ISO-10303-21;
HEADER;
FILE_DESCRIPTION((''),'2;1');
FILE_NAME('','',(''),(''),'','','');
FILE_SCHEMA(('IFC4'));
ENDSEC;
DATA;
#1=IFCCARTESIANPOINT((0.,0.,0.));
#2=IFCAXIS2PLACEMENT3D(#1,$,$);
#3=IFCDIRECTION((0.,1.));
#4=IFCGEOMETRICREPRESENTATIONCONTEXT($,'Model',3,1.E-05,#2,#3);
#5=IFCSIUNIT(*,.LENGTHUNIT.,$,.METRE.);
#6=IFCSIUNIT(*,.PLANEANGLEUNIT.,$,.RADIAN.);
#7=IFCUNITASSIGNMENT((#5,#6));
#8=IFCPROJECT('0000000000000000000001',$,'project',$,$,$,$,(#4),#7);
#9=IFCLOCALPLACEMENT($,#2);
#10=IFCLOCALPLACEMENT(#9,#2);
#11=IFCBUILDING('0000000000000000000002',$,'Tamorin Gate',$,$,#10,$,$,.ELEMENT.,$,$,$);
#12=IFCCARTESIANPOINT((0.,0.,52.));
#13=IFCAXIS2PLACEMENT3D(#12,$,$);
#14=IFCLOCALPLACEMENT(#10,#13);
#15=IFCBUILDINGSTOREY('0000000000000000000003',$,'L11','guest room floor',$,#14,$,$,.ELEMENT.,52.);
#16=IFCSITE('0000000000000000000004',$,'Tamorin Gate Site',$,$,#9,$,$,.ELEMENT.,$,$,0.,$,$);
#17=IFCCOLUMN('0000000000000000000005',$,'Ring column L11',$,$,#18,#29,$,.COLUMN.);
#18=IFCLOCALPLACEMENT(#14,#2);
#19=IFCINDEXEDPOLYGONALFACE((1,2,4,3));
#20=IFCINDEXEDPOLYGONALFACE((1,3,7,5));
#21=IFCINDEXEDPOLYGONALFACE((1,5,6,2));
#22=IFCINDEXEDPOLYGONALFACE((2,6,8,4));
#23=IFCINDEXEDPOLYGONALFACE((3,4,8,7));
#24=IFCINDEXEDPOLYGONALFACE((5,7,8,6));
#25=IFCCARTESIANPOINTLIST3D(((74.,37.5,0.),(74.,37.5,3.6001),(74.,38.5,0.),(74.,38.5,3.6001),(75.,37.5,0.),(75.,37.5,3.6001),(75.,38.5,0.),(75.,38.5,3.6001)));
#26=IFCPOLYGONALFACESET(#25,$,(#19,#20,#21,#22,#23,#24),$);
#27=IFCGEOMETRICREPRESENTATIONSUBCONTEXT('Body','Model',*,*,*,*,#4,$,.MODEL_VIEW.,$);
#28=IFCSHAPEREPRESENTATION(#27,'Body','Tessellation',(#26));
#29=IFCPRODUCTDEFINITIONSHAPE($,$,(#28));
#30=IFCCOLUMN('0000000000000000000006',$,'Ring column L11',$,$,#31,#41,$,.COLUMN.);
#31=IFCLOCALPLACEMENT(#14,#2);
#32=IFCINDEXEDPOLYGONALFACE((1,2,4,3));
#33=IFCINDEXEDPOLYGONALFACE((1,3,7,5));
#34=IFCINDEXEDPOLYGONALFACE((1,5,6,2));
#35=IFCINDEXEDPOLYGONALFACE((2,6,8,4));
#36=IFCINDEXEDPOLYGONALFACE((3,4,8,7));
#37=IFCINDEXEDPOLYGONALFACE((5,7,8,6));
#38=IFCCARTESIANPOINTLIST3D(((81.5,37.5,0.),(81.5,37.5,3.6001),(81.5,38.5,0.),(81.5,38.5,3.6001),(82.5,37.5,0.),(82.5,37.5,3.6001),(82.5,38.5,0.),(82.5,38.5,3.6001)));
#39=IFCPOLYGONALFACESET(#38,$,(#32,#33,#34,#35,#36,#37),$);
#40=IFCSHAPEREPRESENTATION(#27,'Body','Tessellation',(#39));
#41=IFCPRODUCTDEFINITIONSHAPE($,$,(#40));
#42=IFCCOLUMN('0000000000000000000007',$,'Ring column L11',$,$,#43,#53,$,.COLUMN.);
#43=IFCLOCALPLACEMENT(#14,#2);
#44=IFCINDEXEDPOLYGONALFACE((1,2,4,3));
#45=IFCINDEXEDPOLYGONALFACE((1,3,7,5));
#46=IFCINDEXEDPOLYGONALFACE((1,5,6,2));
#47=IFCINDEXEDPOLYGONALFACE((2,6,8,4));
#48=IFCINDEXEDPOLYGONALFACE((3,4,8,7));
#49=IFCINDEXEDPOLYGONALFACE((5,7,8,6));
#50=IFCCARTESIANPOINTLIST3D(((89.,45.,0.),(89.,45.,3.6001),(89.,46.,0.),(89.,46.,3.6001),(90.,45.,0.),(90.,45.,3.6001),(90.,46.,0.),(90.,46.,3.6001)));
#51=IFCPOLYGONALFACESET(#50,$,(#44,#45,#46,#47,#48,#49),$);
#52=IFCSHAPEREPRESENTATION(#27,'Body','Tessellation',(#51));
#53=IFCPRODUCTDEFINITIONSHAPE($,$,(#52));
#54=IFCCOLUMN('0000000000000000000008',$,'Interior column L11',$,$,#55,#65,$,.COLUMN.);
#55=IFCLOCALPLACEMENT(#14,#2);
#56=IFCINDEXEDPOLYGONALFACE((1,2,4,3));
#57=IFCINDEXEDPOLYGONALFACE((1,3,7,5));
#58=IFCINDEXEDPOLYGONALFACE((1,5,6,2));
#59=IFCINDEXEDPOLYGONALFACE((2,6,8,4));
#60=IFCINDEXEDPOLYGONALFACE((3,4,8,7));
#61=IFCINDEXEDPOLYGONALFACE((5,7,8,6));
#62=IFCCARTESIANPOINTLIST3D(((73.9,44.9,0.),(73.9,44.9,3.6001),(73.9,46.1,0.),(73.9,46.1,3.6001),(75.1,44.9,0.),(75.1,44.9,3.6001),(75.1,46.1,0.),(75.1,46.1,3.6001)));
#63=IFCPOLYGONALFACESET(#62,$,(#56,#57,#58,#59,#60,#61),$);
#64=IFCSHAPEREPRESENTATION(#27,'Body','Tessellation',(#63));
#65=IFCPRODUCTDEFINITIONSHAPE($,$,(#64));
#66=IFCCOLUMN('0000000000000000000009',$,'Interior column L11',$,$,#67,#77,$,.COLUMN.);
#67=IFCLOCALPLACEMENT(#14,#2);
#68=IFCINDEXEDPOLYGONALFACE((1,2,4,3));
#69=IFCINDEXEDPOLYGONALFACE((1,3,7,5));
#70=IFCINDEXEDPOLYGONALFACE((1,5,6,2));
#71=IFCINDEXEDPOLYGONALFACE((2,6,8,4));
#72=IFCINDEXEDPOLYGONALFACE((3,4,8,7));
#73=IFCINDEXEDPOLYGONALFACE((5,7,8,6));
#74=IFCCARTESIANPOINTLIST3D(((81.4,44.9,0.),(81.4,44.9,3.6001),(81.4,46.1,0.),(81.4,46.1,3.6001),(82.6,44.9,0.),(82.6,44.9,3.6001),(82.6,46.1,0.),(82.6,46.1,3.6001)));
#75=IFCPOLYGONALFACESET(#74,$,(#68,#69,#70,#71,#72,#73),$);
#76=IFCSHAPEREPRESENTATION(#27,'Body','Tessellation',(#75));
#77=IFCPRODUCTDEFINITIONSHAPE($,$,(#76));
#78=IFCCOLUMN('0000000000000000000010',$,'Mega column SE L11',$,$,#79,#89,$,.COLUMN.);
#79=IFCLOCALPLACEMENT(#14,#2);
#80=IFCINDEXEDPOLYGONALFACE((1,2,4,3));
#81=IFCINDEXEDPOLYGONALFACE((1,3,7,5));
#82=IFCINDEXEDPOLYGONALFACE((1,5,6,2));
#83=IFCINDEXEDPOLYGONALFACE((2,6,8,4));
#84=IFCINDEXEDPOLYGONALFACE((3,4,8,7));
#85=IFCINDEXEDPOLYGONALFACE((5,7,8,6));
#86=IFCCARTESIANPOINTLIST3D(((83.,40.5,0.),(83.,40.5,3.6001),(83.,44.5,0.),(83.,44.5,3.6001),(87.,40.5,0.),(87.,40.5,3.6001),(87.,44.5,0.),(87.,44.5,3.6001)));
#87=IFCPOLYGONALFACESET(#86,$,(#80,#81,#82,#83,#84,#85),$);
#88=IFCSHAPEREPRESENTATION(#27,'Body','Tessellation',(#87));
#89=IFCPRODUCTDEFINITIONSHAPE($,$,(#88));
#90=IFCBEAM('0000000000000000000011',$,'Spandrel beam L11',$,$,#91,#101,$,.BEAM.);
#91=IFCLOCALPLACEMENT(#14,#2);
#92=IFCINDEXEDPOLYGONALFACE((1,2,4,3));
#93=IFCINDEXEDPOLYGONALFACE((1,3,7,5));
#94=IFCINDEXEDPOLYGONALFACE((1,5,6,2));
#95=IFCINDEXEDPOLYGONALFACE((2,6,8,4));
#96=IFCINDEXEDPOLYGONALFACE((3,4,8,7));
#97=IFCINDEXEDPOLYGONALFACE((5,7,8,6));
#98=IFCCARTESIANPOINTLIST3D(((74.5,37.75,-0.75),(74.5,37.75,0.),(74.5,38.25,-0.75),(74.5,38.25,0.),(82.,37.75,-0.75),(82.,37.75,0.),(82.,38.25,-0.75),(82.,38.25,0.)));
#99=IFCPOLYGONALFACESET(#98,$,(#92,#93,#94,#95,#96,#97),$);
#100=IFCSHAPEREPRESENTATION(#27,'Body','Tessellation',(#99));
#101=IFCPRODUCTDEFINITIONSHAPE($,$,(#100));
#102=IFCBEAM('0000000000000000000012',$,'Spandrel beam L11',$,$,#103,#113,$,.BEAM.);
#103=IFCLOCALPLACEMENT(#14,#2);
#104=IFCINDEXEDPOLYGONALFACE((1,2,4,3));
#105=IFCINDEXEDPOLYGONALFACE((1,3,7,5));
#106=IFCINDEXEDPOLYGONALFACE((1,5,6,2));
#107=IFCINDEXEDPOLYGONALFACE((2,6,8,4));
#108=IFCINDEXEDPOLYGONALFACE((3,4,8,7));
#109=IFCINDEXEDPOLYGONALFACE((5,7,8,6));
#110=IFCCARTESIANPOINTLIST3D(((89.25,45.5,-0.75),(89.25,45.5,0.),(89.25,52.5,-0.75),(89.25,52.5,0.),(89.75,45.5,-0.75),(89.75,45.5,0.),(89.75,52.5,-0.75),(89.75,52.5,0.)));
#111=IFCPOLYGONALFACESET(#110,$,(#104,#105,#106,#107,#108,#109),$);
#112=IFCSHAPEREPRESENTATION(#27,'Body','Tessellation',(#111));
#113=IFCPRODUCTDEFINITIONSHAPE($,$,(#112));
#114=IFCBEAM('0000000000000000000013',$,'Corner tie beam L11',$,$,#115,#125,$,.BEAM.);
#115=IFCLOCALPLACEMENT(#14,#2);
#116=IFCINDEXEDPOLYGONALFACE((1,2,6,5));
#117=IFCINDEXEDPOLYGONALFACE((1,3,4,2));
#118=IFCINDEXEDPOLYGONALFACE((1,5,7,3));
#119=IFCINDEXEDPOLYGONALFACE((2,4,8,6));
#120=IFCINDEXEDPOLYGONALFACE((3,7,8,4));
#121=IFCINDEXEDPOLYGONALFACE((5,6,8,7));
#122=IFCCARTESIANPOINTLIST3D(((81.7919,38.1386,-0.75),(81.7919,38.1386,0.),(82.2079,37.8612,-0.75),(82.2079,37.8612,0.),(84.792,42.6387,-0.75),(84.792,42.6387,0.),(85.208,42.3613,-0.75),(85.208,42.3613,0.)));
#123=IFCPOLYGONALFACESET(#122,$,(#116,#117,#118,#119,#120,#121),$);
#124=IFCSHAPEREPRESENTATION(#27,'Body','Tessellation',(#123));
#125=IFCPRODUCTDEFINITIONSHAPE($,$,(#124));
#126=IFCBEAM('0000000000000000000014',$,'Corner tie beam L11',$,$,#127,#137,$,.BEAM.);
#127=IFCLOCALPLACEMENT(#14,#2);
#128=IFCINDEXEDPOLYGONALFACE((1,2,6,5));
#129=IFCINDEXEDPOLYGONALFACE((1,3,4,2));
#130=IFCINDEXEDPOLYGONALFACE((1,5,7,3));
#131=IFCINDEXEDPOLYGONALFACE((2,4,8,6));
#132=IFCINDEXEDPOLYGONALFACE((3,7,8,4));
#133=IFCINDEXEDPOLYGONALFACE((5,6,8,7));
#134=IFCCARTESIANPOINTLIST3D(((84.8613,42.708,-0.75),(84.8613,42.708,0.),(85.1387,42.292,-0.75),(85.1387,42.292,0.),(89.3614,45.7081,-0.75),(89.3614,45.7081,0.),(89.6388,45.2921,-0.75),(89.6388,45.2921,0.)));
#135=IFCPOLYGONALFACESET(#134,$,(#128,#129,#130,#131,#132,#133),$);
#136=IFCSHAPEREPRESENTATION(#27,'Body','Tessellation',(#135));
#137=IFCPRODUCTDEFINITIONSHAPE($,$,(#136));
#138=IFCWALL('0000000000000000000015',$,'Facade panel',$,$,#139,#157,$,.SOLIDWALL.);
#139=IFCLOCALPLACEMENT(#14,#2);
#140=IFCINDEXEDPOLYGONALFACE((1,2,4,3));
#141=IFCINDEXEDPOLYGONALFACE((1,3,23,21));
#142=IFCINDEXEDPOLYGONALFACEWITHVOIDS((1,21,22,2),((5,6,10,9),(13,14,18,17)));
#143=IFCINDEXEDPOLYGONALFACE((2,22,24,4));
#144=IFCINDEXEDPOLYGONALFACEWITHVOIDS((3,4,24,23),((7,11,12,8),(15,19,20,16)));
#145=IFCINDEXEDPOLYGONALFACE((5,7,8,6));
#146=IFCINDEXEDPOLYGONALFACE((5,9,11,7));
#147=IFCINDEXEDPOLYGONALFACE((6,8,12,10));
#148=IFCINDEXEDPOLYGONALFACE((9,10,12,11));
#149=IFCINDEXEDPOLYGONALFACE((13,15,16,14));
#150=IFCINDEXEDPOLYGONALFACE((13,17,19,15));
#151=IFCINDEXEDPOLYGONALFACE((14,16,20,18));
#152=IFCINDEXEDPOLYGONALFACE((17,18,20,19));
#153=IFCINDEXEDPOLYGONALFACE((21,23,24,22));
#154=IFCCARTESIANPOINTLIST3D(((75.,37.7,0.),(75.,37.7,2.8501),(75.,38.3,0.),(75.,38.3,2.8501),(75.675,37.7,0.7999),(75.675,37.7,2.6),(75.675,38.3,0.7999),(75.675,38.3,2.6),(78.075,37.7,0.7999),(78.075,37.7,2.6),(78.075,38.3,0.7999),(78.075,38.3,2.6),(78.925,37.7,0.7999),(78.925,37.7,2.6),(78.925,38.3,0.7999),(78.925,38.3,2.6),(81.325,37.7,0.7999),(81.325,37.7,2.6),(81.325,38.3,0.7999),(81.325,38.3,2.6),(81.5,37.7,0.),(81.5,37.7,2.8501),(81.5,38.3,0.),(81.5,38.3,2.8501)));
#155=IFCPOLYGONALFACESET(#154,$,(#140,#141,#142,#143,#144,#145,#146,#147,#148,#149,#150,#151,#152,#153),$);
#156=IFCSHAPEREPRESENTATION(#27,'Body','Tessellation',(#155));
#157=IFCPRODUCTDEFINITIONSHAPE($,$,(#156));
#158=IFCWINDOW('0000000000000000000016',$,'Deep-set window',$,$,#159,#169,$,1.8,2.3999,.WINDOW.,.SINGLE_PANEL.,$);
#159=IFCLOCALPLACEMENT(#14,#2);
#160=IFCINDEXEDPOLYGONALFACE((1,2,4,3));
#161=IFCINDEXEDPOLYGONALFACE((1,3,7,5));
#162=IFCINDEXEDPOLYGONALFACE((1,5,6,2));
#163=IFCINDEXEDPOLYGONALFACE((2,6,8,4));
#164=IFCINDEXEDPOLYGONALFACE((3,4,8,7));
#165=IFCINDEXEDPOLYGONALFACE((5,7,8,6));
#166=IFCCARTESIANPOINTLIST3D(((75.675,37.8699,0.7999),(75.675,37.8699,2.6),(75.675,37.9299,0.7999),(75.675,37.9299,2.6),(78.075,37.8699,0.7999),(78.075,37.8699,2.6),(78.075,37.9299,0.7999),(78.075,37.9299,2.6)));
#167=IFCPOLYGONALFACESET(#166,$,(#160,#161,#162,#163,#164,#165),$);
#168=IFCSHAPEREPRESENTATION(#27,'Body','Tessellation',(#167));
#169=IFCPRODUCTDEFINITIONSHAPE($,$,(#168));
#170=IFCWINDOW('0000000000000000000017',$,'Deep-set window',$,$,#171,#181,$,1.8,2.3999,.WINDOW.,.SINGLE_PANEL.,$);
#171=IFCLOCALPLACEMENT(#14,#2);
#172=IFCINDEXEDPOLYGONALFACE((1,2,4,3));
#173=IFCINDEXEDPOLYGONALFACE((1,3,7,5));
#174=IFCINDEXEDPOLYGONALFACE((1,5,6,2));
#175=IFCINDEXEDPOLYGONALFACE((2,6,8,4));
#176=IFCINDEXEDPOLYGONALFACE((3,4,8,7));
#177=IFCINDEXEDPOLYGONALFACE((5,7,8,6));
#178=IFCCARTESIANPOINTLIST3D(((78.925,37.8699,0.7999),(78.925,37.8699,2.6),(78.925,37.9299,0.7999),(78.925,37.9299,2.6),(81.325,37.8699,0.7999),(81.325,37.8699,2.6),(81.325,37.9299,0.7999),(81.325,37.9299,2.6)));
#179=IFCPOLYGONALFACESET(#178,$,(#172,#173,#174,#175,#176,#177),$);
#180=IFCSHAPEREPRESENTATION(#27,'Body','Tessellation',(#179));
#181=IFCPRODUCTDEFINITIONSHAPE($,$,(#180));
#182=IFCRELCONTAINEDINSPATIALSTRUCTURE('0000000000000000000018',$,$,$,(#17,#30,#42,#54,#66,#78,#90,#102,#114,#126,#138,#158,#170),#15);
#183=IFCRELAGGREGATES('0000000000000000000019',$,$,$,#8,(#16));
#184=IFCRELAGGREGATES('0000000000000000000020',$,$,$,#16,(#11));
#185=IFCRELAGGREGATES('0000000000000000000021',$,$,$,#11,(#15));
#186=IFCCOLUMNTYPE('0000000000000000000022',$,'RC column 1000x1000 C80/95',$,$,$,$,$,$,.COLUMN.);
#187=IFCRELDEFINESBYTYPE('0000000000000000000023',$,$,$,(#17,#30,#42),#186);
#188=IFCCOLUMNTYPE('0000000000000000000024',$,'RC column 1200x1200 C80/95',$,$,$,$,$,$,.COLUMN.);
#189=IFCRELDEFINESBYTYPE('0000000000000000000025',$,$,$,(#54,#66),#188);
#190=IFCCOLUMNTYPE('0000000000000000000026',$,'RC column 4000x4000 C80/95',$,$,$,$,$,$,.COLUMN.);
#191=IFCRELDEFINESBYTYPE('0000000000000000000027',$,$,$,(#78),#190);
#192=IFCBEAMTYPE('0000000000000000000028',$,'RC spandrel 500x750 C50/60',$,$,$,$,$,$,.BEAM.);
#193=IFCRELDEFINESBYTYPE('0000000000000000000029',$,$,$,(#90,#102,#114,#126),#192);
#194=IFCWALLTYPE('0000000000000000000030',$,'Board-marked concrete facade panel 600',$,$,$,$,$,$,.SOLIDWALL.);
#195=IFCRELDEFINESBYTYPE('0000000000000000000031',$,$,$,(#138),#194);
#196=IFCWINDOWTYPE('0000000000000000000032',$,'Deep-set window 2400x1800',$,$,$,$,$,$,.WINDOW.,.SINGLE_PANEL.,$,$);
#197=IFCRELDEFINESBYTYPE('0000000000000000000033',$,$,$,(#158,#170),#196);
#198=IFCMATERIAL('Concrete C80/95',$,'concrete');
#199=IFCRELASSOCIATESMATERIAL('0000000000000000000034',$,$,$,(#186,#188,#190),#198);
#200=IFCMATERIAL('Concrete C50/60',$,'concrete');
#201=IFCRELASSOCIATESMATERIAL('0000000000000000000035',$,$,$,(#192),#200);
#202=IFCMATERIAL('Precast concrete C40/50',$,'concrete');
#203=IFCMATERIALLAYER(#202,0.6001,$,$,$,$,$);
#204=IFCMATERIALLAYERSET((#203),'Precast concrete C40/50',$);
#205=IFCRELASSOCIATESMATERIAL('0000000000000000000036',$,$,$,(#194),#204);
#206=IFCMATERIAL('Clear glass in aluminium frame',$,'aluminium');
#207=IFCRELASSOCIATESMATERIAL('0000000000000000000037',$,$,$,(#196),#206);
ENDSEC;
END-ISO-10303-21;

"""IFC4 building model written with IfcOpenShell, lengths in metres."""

from ifc_helpers import new_model, si_unit, direction, frame, frame_2d, origin, origin_2d, place, context, subcontext, project, spatial, rectangle, extrude, material, layer, layer_set, material_profile, profile_set, type_object, element, fill, save


model = new_model("IFC4")

# Units and contexts
model_context = context("Model", 3, precision=1e-05, world=origin(), true_north=direction((0.0, 1.0)))
body_context = subcontext(model_context, "Body", "Model", "MODEL_VIEW")
ifc_project = project(units=[si_unit("LENGTHUNIT", "METRE"), si_unit("PLANEANGLEUNIT", "RADIAN")], contexts=[model_context])

# Site, building, storey
site_placement = place(None, origin())
site = spatial("IfcSite", under=ifc_project, at=site_placement, Name="Tamorin Gate Site", CompositionType="ELEMENT", RefElevation=0.0)
building_placement = place(site_placement, origin())
building = spatial("IfcBuilding", under=site, at=building_placement, Name="Tamorin Gate", CompositionType="ELEMENT")
storey_placement = place(building_placement, frame((0.0, 0.0, 52.0)))
storey = spatial("IfcBuildingStorey", under=building, at=storey_placement, Name="L11", Description="guest room floor", CompositionType="ELEMENT", Elevation=52.0)

# Columns
ifc_material_1 = material(Name="Concrete C80/95", Category="concrete")
ifc_material_profile_1 = material_profile(ifc_material_1, rectangle(XDim=1.0, YDim=1.0, at=origin_2d()), Name="RC 1000x1000")
ifc_profile_set_1 = profile_set([ifc_material_profile_1], Name="Concrete C80/95")
column_type_1 = type_object("IfcColumnType", Name="RC column 1000x1000 C80/95", PredefinedType="COLUMN", material=ifc_profile_set_1)
for number, where, z_axis, x_axis, name in (
    (1, (74.5, 38.0, 0.0), (0.0, 0.0, 1.0), (1.0, 0.0, 0.0), "Ring column L11"),
    (2, (82.0, 38.0, 0.0), (0.0, 0.0, 1.0), (1.0, 0.0, 0.0), "Ring column L11"),
    (3, (89.5, 45.5, 0.0), (0.0, 0.0, 1.0), (1.0, 0.0, 0.0), "Ring column L11"),
):
    element("IfcColumn", number, at=place(storey_placement, frame(where, z_axis=z_axis, x_axis=x_axis)), inside=storey, type_object=column_type_1, Name=name, PredefinedType="COLUMN", context=body_context, shape_type="SweptSolid", body=[
        extrude(rectangle(XDim=1.0, YDim=1.0, at=origin_2d()), origin(), (0.0, 0.0, 1.0), 3.6001),
    ])
ifc_material_profile_2 = material_profile(ifc_material_1, rectangle(XDim=1.2, YDim=1.2, at=origin_2d()), Name="RC 1200x1200")
ifc_profile_set_2 = profile_set([ifc_material_profile_2], Name="Concrete C80/95")
column_type_2 = type_object("IfcColumnType", Name="RC column 1200x1200 C80/95", PredefinedType="COLUMN", material=ifc_profile_set_2)
for number, where, z_axis, x_axis, name in (
    (4, (74.5, 45.5, 0.0), (0.0, 0.0, 1.0), (1.0, 0.0, 0.0), "Interior column L11"),
    (5, (82.0, 45.5, 0.0), (0.0, 0.0, 1.0), (1.0, 0.0, 0.0), "Interior column L11"),
):
    element("IfcColumn", number, at=place(storey_placement, frame(where, z_axis=z_axis, x_axis=x_axis)), inside=storey, type_object=column_type_2, Name=name, PredefinedType="COLUMN", context=body_context, shape_type="SweptSolid", body=[
        extrude(rectangle(XDim=1.2, YDim=1.2, at=origin_2d()), origin(), (0.0, 0.0, 1.0), 3.6001),
    ])
ifc_material_profile_3 = material_profile(ifc_material_1, rectangle(XDim=4.0, YDim=4.0, at=origin_2d()), Name="RC 4000x4000")
ifc_profile_set_3 = profile_set([ifc_material_profile_3], Name="Concrete C80/95")
column_type_3 = type_object("IfcColumnType", Name="RC column 4000x4000 C80/95", PredefinedType="COLUMN", material=ifc_profile_set_3)
column_placement = place(storey_placement, frame((85.0, 42.5, 0.0), z_axis=(0.0, 0.0, 1.0), x_axis=(1.0, 0.0, 0.0)))
element("IfcColumn", 6, at=column_placement, inside=storey, type_object=column_type_3, Name="Mega column SE L11", PredefinedType="COLUMN", context=body_context, shape_type="SweptSolid", body=[
    extrude(rectangle(XDim=4.0, YDim=4.0, at=origin_2d()), origin(), (0.0, 0.0, 1.0), 3.6001),
])

# Beams
ifc_material_2 = material(Name="Concrete C50/60", Category="concrete")
ifc_material_profile_4 = material_profile(ifc_material_2, rectangle(XDim=0.5, YDim=0.75, at=origin_2d()), Name="RC 500x750")
ifc_profile_set_4 = profile_set([ifc_material_profile_4], Name="Concrete C50/60")
beam_type = type_object("IfcBeamType", Name="RC spandrel 500x750 C50/60", PredefinedType="BEAM", material=ifc_profile_set_4)
beam_1_placement = place(storey_placement, frame((74.5, 38.0, -0.375), z_axis=(1.0, 0.0, 0.0), x_axis=(0.0, 1.0, 0.0)))
element("IfcBeam", 7, at=beam_1_placement, inside=storey, type_object=beam_type, Name="Spandrel beam L11", PredefinedType="BEAM", context=body_context, shape_type="SweptSolid", body=[
    extrude(rectangle(XDim=0.5, YDim=0.75, at=origin_2d()), origin(), (0.0, 0.0, 1.0), 7.5),
])
beam_2_placement = place(storey_placement, frame((89.5, 45.5, -0.375), z_axis=(0.0, 1.0, 0.0), x_axis=(-1.0, 0.0, 0.0)))
element("IfcBeam", 8, at=beam_2_placement, inside=storey, type_object=beam_type, Name="Spandrel beam L11", PredefinedType="BEAM", context=body_context, shape_type="SweptSolid", body=[
    extrude(rectangle(XDim=0.5, YDim=0.75, at=origin_2d()), origin(), (0.0, 0.0, 1.0), 7.0),
])
for number, where, z_axis, x_axis, name in (
    (9, (85.0, 42.5, -0.375), (-0.5547, -0.83205, 0.0), (0.83205, -0.5547, 0.0), "Corner tie beam L11"),
    (10, (85.0, 42.5, -0.375), (0.83205, 0.5547, 0.0), (-0.5547, 0.83205, 0.0), "Corner tie beam L11"),
):
    element("IfcBeam", number, at=place(storey_placement, frame(where, z_axis=z_axis, x_axis=x_axis)), inside=storey, type_object=beam_type, Name=name, PredefinedType="BEAM", context=body_context, shape_type="SweptSolid", body=[
        extrude(rectangle(XDim=0.5, YDim=0.75, at=origin_2d()), origin(), (0.0, 0.0, 1.0), 5.4084),
    ])

# Wall, openings, windows
ifc_material_3 = material(Name="Precast concrete C40/50", Category="concrete")
ifc_layer_1 = layer(ifc_material_3, 0.6001)
ifc_layer_set_1 = layer_set([ifc_layer_1], Name="Precast concrete C40/50")
wall_type_1 = type_object("IfcWallType", Name="Board-marked concrete facade panel 600", PredefinedType="SOLIDWALL", material=ifc_layer_set_1)
wall_1_placement = place(storey_placement, frame((75.0, 38.0, 0.0), z_axis=(0.0, 0.0, 1.0), x_axis=(1.0, 0.0, 0.0)))
wall_1 = element("IfcWall", 11, at=wall_1_placement, inside=storey, type_object=wall_type_1, Name="Facade panel", PredefinedType="SOLIDWALL", context=body_context, shape_type="SweptSolid", body=[
    extrude(rectangle(XDim=6.5, YDim=0.6001, at=frame_2d((3.25, 0.0))), origin(), (0.0, 0.0, 1.0), 2.8501),
])
opening_1_placement = place(wall_1_placement, frame((0.675, 0.0, 0.8)))
opening_1 = element("IfcOpeningElement", 12, at=opening_1_placement, cuts=wall_1, PredefinedType="OPENING", context=body_context, shape_type="SweptSolid", body=[
    extrude(rectangle(XDim=2.3999, YDim=1.8, at=frame_2d((1.2, 0.8999))), frame((0.0, 0.3101, 0.0), z_axis=(0.0, -1.0, 0.0), x_axis=(1.0, 0.0, 0.0)), (0.0, 0.0, 1.0), 0.6201),
])
opening_2_placement = place(wall_1_placement, frame((3.925, 0.0, 0.8)))
opening_2 = element("IfcOpeningElement", 13, at=opening_2_placement, cuts=wall_1, PredefinedType="OPENING", context=body_context, shape_type="SweptSolid", body=[
    extrude(rectangle(XDim=2.3999, YDim=1.8, at=frame_2d((1.2, 0.8999))), frame((0.0, 0.3101, 0.0), z_axis=(0.0, -1.0, 0.0), x_axis=(1.0, 0.0, 0.0)), (0.0, 0.0, 1.0), 0.6201),
])
ifc_material_4 = material(Name="Clear glass in aluminium frame", Category="aluminium")
window_type = type_object("IfcWindowType", Name="Deep-set window 2400x1800", PartitioningType="SINGLE_PANEL", PredefinedType="WINDOW", material=ifc_material_4)
window_1_placement = place(opening_1_placement, origin())
window_1 = element("IfcWindow", 14, at=window_1_placement, inside=storey, type_object=window_type, Name="Deep-set window", OverallHeight=1.8, OverallWidth=2.3999, PartitioningType="SINGLE_PANEL", PredefinedType="WINDOW", context=body_context, shape_type="SweptSolid", body=[
    extrude(rectangle(XDim=2.3999, YDim=1.8, at=frame_2d((1.2, 0.8999))), frame((0.0, -0.0701, 0.0), z_axis=(0.0, -1.0, 0.0), x_axis=(1.0, 0.0, 0.0)), (0.0, 0.0, 1.0), 0.0601),
])
fill(opening_1, window_1)
window_2_placement = place(opening_2_placement, origin())
window_2 = element("IfcWindow", 15, at=window_2_placement, inside=storey, type_object=window_type, Name="Deep-set window", OverallHeight=1.8, OverallWidth=2.3999, PartitioningType="SINGLE_PANEL", PredefinedType="WINDOW", context=body_context, shape_type="SweptSolid", body=[
    extrude(rectangle(XDim=2.3999, YDim=1.8, at=frame_2d((1.2, 0.8999))), frame((0.0, -0.0701, 0.0), z_axis=(0.0, -1.0, 0.0), x_axis=(1.0, 0.0, 0.0)), (0.0, 0.0, 1.0), 0.0601),
])
fill(opening_2, window_2)

save(model, "model.ifc")
